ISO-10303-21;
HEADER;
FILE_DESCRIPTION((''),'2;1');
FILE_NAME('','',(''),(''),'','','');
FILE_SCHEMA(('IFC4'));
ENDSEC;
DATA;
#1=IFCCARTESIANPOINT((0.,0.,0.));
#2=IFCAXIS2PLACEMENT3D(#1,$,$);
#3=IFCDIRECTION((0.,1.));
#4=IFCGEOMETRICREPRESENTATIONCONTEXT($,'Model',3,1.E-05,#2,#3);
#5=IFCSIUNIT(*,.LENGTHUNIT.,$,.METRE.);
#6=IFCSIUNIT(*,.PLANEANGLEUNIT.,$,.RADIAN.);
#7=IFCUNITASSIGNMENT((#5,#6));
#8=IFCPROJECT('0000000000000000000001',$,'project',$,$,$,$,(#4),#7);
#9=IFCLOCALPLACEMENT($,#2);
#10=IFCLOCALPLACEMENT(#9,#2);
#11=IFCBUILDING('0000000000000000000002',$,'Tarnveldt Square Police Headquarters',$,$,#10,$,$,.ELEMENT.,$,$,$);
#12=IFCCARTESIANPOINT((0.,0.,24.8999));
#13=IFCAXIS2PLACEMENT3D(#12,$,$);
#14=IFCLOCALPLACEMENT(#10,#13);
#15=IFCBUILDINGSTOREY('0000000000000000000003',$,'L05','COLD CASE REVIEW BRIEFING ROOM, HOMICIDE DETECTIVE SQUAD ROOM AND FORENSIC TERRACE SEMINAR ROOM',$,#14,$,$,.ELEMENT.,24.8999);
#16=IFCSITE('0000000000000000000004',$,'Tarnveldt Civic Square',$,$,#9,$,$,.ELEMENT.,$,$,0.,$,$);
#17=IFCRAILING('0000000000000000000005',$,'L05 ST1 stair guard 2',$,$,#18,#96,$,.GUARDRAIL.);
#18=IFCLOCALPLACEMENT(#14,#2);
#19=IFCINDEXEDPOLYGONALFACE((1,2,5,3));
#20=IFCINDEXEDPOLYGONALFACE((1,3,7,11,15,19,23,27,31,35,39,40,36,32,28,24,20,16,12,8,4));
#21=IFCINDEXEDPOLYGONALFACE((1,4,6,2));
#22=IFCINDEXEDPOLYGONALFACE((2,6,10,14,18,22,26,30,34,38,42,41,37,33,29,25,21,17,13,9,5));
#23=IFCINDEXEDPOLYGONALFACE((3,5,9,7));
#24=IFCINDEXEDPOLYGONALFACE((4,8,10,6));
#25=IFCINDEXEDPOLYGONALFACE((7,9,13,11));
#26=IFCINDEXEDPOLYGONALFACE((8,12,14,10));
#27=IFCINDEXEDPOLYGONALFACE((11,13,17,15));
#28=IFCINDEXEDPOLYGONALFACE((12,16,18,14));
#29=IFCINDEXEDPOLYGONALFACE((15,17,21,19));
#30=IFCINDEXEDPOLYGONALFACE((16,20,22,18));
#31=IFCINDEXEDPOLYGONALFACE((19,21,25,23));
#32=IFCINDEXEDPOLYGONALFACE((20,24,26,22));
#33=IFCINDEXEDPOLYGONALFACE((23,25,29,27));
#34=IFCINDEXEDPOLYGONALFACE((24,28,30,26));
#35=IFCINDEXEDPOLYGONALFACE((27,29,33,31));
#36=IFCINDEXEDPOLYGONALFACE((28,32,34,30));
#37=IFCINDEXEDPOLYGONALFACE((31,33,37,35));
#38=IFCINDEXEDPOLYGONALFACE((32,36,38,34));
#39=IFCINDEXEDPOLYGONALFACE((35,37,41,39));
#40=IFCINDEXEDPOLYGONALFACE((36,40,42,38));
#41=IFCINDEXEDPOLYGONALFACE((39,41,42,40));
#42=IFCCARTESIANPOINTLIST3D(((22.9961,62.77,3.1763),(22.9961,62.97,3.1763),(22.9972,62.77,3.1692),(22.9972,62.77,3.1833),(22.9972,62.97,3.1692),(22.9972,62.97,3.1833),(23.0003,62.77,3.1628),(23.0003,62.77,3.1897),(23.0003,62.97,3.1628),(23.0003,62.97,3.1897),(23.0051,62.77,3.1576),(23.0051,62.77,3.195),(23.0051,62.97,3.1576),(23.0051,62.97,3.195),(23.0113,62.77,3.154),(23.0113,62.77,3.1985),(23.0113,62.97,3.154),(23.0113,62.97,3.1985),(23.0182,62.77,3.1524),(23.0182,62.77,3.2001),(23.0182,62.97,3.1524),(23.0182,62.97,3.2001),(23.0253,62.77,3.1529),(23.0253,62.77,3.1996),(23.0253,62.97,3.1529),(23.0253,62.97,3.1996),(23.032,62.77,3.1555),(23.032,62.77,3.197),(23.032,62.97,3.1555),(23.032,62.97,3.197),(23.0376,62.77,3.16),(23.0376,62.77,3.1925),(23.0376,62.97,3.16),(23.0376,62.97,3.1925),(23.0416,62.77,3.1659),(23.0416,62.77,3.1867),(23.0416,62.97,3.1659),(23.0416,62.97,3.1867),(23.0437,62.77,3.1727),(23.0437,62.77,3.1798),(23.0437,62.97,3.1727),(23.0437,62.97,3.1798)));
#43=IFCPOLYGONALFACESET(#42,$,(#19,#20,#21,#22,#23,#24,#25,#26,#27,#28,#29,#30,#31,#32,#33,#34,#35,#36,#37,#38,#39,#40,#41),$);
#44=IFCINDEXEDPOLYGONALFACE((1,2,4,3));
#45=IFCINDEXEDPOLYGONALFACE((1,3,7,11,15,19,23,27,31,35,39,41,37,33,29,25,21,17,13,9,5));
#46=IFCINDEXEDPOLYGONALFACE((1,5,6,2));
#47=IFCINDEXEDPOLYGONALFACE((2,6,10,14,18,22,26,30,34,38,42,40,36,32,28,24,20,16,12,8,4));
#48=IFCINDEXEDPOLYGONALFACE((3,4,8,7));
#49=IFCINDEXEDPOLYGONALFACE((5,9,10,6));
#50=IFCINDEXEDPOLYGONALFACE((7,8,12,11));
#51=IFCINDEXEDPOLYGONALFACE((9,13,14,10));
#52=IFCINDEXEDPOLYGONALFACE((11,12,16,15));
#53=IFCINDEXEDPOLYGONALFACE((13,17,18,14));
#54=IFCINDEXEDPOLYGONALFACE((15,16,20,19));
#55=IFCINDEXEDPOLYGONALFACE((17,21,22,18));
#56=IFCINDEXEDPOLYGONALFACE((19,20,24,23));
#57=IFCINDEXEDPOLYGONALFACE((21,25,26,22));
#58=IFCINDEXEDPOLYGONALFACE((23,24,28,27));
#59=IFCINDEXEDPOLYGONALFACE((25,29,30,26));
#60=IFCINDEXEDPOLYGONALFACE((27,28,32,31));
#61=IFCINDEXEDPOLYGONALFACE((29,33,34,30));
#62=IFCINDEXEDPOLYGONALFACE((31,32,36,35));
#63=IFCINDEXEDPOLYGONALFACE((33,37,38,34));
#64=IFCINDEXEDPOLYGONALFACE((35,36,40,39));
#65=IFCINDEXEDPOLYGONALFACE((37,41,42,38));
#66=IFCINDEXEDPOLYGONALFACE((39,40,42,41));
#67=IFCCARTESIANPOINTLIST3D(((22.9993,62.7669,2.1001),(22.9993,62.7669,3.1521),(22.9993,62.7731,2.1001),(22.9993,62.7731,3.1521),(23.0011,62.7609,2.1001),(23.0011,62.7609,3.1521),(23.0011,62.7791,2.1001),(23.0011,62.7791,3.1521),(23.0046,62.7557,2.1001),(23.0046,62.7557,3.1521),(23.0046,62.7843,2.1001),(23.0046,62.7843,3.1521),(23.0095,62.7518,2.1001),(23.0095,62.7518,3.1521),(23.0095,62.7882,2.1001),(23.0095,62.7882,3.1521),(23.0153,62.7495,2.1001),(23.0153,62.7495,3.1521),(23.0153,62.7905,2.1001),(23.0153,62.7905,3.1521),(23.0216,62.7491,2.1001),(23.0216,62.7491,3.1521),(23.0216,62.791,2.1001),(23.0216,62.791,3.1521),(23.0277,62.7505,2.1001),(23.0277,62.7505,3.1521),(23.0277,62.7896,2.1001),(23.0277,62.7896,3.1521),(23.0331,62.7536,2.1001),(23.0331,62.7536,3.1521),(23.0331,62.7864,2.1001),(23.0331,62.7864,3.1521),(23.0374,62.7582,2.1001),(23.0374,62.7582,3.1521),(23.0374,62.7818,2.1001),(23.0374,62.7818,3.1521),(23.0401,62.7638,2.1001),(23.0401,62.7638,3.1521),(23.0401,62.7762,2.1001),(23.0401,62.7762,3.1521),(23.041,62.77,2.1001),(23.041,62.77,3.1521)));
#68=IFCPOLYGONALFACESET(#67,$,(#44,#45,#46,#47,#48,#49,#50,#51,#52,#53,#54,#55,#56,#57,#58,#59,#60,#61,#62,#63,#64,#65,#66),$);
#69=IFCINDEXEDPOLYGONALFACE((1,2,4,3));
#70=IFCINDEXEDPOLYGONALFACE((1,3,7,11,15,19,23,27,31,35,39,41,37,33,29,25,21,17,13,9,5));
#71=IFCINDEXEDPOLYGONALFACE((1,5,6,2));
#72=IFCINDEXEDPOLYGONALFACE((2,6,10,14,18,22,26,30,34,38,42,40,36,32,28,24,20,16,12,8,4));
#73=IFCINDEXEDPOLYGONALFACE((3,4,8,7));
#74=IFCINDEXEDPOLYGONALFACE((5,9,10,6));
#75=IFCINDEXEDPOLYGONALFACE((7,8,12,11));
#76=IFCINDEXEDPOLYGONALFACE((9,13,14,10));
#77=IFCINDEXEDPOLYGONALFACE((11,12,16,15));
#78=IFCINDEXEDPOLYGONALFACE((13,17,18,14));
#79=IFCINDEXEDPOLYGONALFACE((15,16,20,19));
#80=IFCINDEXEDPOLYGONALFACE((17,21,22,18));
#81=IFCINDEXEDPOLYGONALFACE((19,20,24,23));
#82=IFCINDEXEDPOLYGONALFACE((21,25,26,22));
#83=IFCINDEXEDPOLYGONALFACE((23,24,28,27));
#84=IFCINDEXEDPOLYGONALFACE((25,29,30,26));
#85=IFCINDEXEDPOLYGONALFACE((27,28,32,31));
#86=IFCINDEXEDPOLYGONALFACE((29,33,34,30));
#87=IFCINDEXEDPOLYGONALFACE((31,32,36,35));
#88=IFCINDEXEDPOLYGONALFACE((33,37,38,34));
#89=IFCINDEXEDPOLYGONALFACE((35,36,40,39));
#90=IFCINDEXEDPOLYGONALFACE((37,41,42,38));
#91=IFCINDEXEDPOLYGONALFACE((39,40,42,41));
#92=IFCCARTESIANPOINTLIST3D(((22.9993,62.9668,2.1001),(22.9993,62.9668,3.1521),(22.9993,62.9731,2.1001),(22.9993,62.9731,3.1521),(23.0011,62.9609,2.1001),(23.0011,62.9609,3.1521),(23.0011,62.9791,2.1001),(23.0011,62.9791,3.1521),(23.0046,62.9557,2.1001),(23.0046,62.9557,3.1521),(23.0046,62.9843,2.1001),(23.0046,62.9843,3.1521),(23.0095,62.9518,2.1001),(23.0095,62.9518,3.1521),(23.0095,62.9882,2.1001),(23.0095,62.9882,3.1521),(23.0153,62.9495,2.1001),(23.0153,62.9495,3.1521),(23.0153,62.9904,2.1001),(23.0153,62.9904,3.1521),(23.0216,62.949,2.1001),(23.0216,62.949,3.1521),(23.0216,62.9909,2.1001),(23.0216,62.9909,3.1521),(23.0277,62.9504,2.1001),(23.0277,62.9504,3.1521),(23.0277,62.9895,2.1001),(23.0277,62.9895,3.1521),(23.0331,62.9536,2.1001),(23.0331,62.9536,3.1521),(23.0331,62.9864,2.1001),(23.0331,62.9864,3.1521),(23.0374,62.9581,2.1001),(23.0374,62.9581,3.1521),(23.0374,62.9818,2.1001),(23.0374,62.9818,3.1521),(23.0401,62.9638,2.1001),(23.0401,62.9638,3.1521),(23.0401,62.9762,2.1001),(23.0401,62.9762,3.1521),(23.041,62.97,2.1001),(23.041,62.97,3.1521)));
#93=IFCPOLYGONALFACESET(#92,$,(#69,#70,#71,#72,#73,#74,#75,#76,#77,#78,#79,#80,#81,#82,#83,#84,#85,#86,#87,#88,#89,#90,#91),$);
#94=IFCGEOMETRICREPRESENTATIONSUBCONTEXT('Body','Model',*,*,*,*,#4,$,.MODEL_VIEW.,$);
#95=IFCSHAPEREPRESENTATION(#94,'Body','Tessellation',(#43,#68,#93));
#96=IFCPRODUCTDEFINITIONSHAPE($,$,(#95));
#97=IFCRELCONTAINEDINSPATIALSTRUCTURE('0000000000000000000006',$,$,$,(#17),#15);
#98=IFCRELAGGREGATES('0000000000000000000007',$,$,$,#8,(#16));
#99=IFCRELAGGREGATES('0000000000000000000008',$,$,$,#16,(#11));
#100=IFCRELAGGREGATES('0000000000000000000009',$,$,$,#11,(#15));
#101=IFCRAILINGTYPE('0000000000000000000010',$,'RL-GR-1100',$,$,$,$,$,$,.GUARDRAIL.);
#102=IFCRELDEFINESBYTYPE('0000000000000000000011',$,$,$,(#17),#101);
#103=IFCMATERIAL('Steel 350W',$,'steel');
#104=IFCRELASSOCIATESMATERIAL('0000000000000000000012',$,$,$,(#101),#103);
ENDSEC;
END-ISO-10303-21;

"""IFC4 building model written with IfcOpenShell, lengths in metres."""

from ifc_helpers import new_model, si_unit, direction, frame, origin, origin_2d, place, context, subcontext, project, spatial, circle, extrude, material, type_object, element, save


model = new_model("IFC4")

# Units and contexts
model_context = context("Model", 3, precision=1e-05, world=origin(), true_north=direction((0.0, 1.0)))
body_context = subcontext(model_context, "Body", "Model", "MODEL_VIEW")
ifc_project = project(units=[si_unit("LENGTHUNIT", "METRE"), si_unit("PLANEANGLEUNIT", "RADIAN")], contexts=[model_context])

# Site, building, storey
site_placement = place(None, origin())
site = spatial("IfcSite", under=ifc_project, at=site_placement, Name="Tarnveldt Civic Square", CompositionType="ELEMENT", RefElevation=0.0)
building_placement = place(site_placement, origin())
building = spatial("IfcBuilding", under=site, at=building_placement, Name="Tarnveldt Square Police Headquarters", CompositionType="ELEMENT")
storey_placement = place(building_placement, frame((0.0, 0.0, 24.8999)))
storey = spatial("IfcBuildingStorey", under=building, at=storey_placement, Name="L05", Description="COLD CASE REVIEW BRIEFING ROOM, HOMICIDE DETECTIVE SQUAD ROOM AND FORENSIC TERRACE SEMINAR ROOM", CompositionType="ELEMENT", Elevation=24.8999)

# Shared definitions
ifc_material_1 = material(Name="Steel 350W", Category="steel")

# Railing
railing_type_1 = type_object("IfcRailingType", Name="RL-GR-1100", PredefinedType="GUARDRAIL", material=ifc_material_1)
railing_1_placement = place(storey_placement, frame((23.02, 62.77, 2.1001)))
element("IfcRailing", 1, at=railing_1_placement, inside=storey, type_object=railing_type_1, Name="L05 ST1 stair guard 2", PredefinedType="GUARDRAIL", context=body_context, shape_type="SweptSolid", body=[
    extrude(circle(Radius=0.0239, at=origin_2d()), frame((0.0, 0.0, 1.0762), z_axis=(0.0, 1.0, 0.0), x_axis=(-1.0, 0.0, 0.0)), (0.0, 0.0, 1.0), 0.2),
    extrude(circle(Radius=0.021, at=origin_2d()), origin(), (0.0, 0.0, 1.0), 1.052),
    extrude(circle(Radius=0.021, at=origin_2d()), frame((0.0, 0.2, 0.0)), (0.0, 0.0, 1.0), 1.052),
])

save(model, "model.ifc")
